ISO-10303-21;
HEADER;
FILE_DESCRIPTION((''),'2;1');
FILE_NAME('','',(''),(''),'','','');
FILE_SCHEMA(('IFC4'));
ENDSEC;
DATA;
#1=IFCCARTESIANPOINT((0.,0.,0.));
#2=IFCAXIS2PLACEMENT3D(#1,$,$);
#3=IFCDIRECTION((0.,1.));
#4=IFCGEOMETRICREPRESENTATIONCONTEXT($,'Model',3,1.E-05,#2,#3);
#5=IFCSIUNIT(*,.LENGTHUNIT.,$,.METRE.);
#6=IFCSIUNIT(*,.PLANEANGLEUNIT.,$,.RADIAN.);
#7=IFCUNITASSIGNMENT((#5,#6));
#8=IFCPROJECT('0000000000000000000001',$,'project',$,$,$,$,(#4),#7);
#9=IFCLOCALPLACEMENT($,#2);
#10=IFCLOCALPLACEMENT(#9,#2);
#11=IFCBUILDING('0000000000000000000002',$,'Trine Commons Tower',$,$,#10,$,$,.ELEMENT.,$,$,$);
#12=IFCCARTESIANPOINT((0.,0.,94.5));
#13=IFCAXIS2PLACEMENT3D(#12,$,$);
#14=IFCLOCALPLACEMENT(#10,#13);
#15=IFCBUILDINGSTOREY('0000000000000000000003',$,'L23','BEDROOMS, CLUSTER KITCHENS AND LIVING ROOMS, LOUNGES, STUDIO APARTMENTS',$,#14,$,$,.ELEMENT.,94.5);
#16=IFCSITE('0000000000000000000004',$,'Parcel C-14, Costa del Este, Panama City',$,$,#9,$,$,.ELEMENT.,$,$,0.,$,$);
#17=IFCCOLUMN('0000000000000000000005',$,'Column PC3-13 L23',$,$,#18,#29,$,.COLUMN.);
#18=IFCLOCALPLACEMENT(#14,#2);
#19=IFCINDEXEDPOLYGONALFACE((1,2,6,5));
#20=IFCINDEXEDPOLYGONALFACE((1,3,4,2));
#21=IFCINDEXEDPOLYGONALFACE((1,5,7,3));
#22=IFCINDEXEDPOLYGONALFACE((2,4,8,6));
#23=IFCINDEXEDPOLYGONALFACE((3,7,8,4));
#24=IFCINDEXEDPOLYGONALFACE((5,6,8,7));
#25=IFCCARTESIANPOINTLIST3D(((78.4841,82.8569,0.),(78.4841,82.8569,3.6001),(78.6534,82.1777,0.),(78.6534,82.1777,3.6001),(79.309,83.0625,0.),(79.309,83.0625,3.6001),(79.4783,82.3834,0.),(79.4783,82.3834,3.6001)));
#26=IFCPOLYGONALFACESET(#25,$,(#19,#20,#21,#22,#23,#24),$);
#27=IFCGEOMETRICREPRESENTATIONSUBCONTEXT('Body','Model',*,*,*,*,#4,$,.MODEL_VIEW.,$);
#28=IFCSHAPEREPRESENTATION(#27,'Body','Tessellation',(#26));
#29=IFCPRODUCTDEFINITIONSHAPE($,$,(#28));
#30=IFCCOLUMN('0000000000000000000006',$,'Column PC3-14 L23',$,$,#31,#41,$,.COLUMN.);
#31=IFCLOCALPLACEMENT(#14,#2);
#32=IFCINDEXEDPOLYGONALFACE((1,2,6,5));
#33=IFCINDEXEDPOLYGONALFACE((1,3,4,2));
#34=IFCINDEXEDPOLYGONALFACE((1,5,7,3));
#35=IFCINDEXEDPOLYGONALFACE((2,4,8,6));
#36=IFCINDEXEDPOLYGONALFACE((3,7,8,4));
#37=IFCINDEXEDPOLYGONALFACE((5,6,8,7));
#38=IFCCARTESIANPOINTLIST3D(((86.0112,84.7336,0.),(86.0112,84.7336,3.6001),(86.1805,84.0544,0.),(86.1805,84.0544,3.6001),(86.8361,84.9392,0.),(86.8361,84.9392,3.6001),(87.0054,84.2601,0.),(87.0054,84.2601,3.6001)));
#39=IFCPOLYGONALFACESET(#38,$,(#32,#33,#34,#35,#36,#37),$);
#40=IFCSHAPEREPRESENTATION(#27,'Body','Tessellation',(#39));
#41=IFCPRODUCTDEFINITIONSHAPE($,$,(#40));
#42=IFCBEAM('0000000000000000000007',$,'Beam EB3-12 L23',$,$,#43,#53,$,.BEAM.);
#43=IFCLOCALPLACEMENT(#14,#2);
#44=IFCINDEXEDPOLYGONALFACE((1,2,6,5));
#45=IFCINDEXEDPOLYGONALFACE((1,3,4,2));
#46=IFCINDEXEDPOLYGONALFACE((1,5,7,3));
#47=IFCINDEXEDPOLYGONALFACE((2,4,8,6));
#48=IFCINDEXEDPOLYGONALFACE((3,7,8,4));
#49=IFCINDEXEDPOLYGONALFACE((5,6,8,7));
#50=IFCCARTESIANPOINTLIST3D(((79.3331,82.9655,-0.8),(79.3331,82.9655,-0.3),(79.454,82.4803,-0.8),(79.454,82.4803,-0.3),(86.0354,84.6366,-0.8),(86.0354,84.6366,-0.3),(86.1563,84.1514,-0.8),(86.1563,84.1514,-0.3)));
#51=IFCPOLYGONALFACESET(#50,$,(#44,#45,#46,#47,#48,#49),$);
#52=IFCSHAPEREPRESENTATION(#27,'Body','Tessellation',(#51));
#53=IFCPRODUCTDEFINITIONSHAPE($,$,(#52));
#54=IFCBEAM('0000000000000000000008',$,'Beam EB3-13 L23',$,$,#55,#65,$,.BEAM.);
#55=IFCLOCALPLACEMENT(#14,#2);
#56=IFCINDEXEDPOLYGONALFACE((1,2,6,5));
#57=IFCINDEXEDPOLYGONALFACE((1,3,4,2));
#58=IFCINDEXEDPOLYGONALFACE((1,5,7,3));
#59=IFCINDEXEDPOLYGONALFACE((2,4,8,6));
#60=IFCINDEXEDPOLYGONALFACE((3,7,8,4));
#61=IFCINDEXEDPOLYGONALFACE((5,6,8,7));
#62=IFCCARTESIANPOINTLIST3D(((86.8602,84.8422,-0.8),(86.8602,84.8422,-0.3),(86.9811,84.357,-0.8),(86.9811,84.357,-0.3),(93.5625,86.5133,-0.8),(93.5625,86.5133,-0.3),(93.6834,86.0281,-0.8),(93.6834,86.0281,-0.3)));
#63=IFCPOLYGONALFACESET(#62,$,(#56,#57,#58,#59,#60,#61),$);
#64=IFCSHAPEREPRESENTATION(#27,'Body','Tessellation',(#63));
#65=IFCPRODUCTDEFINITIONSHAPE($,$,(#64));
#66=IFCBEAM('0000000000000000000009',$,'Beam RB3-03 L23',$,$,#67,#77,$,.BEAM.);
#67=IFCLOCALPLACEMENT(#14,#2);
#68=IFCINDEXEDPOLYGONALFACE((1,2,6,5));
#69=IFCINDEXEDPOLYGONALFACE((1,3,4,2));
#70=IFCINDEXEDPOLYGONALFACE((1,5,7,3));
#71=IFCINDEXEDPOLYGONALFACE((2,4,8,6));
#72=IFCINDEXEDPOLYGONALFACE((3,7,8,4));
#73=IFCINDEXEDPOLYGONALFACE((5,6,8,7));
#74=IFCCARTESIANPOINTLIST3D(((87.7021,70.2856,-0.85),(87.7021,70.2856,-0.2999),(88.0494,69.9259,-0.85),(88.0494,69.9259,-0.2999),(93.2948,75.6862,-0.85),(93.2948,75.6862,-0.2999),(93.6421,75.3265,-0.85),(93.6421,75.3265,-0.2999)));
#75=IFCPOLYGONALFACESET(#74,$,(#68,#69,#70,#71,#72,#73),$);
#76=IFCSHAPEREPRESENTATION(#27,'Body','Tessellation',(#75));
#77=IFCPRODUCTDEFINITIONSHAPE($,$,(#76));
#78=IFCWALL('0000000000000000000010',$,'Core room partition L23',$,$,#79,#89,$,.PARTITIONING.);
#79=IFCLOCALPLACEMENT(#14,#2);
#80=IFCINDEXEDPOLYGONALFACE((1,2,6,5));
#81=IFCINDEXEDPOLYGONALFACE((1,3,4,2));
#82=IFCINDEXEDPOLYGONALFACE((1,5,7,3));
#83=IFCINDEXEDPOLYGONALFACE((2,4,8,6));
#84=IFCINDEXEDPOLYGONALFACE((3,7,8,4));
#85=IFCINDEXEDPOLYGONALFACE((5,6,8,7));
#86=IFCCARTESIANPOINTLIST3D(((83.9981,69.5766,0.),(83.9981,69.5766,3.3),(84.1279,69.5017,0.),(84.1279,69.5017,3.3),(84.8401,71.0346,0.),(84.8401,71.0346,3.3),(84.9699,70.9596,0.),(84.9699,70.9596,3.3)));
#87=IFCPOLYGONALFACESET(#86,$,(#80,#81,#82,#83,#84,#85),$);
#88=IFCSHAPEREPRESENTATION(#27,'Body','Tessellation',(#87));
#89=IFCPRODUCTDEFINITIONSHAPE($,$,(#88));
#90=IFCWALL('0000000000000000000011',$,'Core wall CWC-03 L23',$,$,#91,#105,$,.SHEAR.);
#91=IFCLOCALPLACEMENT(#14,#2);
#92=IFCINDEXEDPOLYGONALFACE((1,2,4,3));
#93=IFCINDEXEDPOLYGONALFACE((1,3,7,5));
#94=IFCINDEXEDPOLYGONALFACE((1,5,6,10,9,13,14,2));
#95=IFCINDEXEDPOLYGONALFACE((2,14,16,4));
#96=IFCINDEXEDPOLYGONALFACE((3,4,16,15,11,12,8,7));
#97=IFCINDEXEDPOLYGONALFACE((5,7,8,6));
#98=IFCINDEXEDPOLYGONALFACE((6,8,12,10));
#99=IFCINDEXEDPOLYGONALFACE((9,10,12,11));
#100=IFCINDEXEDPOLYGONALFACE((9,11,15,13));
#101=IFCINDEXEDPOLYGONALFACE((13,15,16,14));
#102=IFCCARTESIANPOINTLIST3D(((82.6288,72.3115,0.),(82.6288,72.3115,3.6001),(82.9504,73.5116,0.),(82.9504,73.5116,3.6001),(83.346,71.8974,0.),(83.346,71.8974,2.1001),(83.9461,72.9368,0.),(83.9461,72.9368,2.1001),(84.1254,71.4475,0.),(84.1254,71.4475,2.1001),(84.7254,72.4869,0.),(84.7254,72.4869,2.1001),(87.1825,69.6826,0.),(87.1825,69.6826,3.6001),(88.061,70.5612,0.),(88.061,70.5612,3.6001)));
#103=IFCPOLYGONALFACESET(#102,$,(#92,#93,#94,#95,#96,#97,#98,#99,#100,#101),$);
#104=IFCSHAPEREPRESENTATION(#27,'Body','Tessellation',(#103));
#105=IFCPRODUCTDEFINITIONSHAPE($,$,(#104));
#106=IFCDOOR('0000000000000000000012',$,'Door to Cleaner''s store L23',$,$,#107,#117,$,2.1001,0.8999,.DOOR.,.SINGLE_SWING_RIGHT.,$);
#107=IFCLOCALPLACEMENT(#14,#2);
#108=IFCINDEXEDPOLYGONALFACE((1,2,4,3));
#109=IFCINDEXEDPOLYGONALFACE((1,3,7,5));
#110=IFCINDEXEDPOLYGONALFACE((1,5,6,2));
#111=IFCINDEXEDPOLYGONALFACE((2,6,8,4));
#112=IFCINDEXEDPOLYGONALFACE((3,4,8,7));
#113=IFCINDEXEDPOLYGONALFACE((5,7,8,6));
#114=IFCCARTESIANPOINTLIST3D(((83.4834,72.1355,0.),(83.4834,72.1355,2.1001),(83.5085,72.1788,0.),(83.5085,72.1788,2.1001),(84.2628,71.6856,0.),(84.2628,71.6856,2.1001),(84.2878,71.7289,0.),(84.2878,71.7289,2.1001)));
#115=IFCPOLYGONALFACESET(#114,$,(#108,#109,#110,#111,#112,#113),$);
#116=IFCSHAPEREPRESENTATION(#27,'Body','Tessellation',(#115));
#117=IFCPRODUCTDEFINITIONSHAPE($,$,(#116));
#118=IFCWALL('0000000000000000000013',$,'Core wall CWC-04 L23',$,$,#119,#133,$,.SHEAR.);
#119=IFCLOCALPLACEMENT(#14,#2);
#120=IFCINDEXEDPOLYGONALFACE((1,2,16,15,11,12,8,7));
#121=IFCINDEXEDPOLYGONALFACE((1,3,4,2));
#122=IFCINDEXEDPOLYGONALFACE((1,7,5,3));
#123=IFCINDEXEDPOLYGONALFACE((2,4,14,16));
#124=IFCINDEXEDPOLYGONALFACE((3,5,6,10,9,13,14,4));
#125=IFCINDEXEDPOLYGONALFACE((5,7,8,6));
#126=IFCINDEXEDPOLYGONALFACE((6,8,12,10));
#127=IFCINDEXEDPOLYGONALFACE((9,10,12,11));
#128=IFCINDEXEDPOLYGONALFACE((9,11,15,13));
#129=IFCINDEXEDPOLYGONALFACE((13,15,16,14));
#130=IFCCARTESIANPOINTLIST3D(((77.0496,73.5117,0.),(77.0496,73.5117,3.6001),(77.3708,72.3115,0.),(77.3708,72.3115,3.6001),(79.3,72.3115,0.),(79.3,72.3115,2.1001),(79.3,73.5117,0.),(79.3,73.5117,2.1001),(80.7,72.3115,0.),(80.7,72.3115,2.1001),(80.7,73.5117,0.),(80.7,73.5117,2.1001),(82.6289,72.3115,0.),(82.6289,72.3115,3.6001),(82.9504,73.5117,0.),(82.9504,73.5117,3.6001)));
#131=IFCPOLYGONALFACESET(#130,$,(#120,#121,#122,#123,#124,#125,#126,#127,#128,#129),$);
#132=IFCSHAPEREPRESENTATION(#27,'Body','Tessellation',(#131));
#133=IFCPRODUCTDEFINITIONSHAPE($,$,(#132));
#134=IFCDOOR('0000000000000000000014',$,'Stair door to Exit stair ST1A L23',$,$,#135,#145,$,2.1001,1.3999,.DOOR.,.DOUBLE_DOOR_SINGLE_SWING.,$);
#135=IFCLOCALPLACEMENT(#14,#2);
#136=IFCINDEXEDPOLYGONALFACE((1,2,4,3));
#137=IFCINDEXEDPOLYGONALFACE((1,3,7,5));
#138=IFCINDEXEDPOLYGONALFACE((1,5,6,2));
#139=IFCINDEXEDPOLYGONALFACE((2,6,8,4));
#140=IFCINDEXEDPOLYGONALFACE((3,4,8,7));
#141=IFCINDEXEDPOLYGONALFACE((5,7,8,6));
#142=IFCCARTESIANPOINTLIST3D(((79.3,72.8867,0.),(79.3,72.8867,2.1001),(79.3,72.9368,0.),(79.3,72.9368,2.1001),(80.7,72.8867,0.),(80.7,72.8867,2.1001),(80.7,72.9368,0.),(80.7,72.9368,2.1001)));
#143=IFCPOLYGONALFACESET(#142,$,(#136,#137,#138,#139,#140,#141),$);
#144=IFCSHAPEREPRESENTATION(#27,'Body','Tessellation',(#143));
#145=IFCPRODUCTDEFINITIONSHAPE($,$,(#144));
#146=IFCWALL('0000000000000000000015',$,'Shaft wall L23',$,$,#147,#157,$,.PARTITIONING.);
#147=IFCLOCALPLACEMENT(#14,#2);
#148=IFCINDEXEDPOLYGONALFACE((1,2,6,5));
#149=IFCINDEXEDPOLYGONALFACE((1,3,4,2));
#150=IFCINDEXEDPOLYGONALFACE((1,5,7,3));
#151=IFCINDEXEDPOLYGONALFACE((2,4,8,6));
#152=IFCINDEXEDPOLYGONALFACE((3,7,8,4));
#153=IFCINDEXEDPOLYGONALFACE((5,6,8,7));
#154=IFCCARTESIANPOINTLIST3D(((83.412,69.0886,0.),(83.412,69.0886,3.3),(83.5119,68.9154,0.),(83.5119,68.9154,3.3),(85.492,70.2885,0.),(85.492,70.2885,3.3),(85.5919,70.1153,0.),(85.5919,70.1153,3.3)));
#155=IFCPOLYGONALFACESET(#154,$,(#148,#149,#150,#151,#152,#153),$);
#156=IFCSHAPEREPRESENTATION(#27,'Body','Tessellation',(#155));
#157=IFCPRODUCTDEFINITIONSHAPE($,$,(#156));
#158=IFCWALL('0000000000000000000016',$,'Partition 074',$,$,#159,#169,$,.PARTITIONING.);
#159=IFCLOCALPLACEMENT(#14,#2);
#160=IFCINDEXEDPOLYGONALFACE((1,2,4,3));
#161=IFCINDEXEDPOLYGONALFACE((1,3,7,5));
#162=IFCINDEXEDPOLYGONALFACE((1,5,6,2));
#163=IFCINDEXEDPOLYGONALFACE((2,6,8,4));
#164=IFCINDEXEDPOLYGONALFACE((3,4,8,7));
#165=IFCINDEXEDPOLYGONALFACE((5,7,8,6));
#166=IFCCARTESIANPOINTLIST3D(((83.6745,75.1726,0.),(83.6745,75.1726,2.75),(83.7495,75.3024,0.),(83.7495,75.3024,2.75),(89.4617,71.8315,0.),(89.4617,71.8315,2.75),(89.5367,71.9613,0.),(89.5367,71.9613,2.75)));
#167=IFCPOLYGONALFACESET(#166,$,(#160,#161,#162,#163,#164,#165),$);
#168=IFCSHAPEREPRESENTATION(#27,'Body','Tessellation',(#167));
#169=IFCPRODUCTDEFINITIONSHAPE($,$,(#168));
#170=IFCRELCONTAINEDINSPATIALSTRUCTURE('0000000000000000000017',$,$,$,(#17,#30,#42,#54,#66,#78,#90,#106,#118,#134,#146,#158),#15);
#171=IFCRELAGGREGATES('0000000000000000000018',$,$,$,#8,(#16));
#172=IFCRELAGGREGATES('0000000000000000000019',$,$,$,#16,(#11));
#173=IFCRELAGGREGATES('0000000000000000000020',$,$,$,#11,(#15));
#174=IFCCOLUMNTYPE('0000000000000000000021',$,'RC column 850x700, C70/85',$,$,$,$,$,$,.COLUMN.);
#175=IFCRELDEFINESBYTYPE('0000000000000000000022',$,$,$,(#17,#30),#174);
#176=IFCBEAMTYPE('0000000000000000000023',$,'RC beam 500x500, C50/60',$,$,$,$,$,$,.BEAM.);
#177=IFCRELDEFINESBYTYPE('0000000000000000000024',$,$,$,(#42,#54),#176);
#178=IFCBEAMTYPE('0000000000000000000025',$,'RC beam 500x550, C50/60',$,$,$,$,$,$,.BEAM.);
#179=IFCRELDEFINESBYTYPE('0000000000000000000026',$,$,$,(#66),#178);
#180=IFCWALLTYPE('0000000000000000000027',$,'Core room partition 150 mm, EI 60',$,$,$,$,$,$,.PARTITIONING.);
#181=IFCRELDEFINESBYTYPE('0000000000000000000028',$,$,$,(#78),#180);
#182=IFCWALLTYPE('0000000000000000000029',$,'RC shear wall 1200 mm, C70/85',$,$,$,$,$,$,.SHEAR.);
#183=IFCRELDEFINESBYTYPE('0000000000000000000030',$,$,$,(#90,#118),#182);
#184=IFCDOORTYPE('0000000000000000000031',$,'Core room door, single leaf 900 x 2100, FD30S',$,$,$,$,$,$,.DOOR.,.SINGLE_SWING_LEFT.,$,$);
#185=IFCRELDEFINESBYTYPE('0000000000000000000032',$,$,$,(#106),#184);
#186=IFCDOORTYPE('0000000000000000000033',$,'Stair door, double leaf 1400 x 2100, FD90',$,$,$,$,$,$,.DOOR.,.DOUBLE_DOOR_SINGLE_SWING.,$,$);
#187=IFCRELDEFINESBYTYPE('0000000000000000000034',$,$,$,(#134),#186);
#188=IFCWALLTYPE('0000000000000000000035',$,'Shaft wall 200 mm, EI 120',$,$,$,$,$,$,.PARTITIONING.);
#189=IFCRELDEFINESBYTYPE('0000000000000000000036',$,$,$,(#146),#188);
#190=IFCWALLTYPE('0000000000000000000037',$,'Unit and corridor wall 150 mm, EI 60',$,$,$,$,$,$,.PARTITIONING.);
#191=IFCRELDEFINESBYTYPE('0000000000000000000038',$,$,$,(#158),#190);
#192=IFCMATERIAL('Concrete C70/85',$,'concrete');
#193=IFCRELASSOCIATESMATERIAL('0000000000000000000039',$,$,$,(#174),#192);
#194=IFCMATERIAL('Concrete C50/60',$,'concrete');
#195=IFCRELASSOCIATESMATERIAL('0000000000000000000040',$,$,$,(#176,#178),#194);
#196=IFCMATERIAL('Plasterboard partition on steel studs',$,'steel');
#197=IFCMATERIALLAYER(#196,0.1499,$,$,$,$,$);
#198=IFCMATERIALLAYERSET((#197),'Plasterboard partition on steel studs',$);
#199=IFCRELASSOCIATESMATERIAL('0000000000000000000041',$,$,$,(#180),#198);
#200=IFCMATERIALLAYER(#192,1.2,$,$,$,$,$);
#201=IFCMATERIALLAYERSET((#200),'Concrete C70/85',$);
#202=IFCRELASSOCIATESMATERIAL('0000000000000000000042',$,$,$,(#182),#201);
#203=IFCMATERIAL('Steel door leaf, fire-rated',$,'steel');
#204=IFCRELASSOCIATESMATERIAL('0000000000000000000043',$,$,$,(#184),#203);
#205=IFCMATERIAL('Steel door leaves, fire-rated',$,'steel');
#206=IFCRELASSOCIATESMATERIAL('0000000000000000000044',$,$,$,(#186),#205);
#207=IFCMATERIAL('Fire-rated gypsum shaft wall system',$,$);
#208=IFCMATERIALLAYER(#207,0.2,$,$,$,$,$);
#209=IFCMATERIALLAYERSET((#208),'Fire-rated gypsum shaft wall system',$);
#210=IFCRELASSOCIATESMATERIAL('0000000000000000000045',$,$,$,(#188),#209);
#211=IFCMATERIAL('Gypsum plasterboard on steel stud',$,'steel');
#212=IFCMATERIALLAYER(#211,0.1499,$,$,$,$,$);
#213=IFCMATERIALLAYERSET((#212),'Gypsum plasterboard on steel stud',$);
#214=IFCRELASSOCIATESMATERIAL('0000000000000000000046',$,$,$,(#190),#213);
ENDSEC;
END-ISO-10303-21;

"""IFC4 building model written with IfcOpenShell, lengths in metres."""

from ifc_helpers import new_model, si_unit, direction, frame, frame_2d, origin, origin_2d, place, context, subcontext, project, spatial, polyline, rectangle, outline, extrude, material, layer, layer_set, material_profile, profile_set, type_object, element, fill, save


model = new_model("IFC4")

# Units and contexts
model_context = context("Model", 3, precision=1e-05, world=origin(), true_north=direction((0.0, 1.0)))
body_context = subcontext(model_context, "Body", "Model", "MODEL_VIEW")
ifc_project = project(units=[si_unit("LENGTHUNIT", "METRE"), si_unit("PLANEANGLEUNIT", "RADIAN")], contexts=[model_context])

# Site, building, storey
site_placement = place(None, origin())
site = spatial("IfcSite", under=ifc_project, at=site_placement, Name="Parcel C-14, Costa del Este, Panama City", CompositionType="ELEMENT", RefElevation=0.0)
building_placement = place(site_placement, origin())
building = spatial("IfcBuilding", under=site, at=building_placement, Name="Trine Commons Tower", CompositionType="ELEMENT")
storey_placement = place(building_placement, frame((0.0, 0.0, 94.5)))
storey = spatial("IfcBuildingStorey", under=building, at=storey_placement, Name="L23", Description="BEDROOMS, CLUSTER KITCHENS AND LIVING ROOMS, LOUNGES, STUDIO APARTMENTS", CompositionType="ELEMENT", Elevation=94.5)

# Columns
ifc_material_1 = material(Name="Concrete C70/85", Category="concrete")
ifc_material_profile_1 = material_profile(ifc_material_1, rectangle(XDim=0.8501, YDim=0.7, at=origin_2d()), Name="RC 850x700")
ifc_profile_set_1 = profile_set([ifc_material_profile_1], Name="Concrete C70/85")
column_type = type_object("IfcColumnType", Name="RC column 850x700, C70/85", PredefinedType="COLUMN", material=ifc_profile_set_1)
for number, where, z_axis, x_axis, name in (
    (1, (78.9812, 82.6201, 0.0), (0.0, 0.0, 1.0), (0.970296, 0.241922, 0.0), "Column PC3-13 L23"),
    (2, (86.5083, 84.4968, 0.0), (0.0, 0.0, 1.0), (0.970296, 0.241922, 0.0), "Column PC3-14 L23"),
):
    element("IfcColumn", number, at=place(storey_placement, frame(where, z_axis=z_axis, x_axis=x_axis)), inside=storey, type_object=column_type, Name=name, PredefinedType="COLUMN", context=body_context, shape_type="SweptSolid", body=[
        extrude(rectangle(XDim=0.8501, YDim=0.7, at=origin_2d()), origin(), (0.0, 0.0, 1.0), 3.6001),
    ])

# Beams
ifc_material_2 = material(Name="Concrete C50/60", Category="concrete")
ifc_material_profile_2 = material_profile(ifc_material_2, rectangle(XDim=0.5, YDim=0.5, at=origin_2d()), Name="RC 500x500")
ifc_profile_set_2 = profile_set([ifc_material_profile_2], Name="Concrete C50/60")
beam_type_1 = type_object("IfcBeamType", Name="RC beam 500x500, C50/60", PredefinedType="BEAM", material=ifc_profile_set_2)
for number, where, z_axis, x_axis, name in (
    (3, (79.3936, 82.7229, -0.55), (0.970294, 0.241928, 0.0), (-0.241928, 0.970294, 0.0), "Beam EB3-12 L23"),
    (4, (86.9207, 84.5996, -0.55), (0.970294, 0.241928, 0.0), (-0.241928, 0.970294, 0.0), "Beam EB3-13 L23"),
):
    element("IfcBeam", number, at=place(storey_placement, frame(where, z_axis=z_axis, x_axis=x_axis)), inside=storey, type_object=beam_type_1, Name=name, PredefinedType="BEAM", context=body_context, shape_type="SweptSolid", body=[
        extrude(rectangle(XDim=0.5, YDim=0.5, at=origin_2d()), origin(), (0.0, 0.0, 1.0), 6.9075),
    ])
ifc_material_profile_3 = material_profile(ifc_material_2, rectangle(XDim=0.5, YDim=0.55, at=origin_2d()), Name="RC 500x550")
ifc_profile_set_3 = profile_set([ifc_material_profile_3], Name="Concrete C50/60")
beam_type_2 = type_object("IfcBeamType", Name="RC beam 500x550, C50/60", PredefinedType="BEAM", material=ifc_profile_set_3)
beam_placement = place(storey_placement, frame((87.8757, 70.1057, -0.575), z_axis=(0.719355, 0.694642, 0.0), x_axis=(-0.694642, 0.719355, 0.0)))
element("IfcBeam", 5, at=beam_placement, inside=storey, type_object=beam_type_2, Name="Beam RB3-03 L23", PredefinedType="BEAM", context=body_context, shape_type="SweptSolid", body=[
    extrude(rectangle(XDim=0.5, YDim=0.55, at=origin_2d()), origin(), (0.0, 0.0, 1.0), 7.7747),
])

# Wall
ifc_material_3 = material(Name="Plasterboard partition on steel studs", Category="steel")
ifc_layer_1 = layer(ifc_material_3, 0.1499)
ifc_layer_set_1 = layer_set([ifc_layer_1], Name="Plasterboard partition on steel studs")
wall_type_1 = type_object("IfcWallType", Name="Core room partition 150 mm, EI 60", PredefinedType="PARTITIONING", material=ifc_layer_set_1)
wall_1_placement = place(storey_placement, frame((84.905, 70.9971, 0.0), z_axis=(0.0, 0.0, 1.0), x_axis=(-0.500116, -0.865959, 0.0)))
element("IfcWall", 6, at=wall_1_placement, inside=storey, type_object=wall_type_1, Name="Core room partition L23", PredefinedType="PARTITIONING", context=body_context, shape_type="SweptSolid", body=[
    extrude(rectangle(XDim=1.6836, YDim=0.1499, at=frame_2d((0.8418, 0.0))), origin(), (0.0, 0.0, 1.0), 3.3),
])

# Walls, openings, doors
ifc_layer_2 = layer(ifc_material_1, 1.2)
ifc_layer_set_2 = layer_set([ifc_layer_2], Name="Concrete C70/85")
wall_type_2 = type_object("IfcWallType", Name="RC shear wall 1200 mm, C70/85", PredefinedType="SHEAR", material=ifc_layer_set_2)
wall_2_placement = place(storey_placement, frame((87.761, 70.0415, 0.0), z_axis=(0.0, 0.0, 1.0), x_axis=(-0.866037, 0.499979, 0.0)))
wall_2 = element("IfcWall", 7, at=wall_2_placement, inside=storey, type_object=wall_type_2, Name="Core wall CWC-03 L23", PredefinedType="SHEAR", context=body_context, shape_type="SweptSolid", body=[
    extrude(outline(polyline([(0.0, -0.6001), (5.9011, -0.6001), (5.5796, 0.6001), (0.3215, 0.6001), (0.0, -0.6001)])), origin(), (0.0, 0.0, 1.0), 3.6001),
])
opening_1_placement = place(wall_2_placement, frame((3.8516, 0.0, 0.0)))
opening_1 = element("IfcOpeningElement", 8, at=opening_1_placement, cuts=wall_2, PredefinedType="OPENING", context=body_context, shape_type="SweptSolid", body=[
    extrude(rectangle(XDim=0.8999, YDim=2.1001, at=frame_2d((0.45, 1.05))), frame((0.0, 0.6099, 0.0), z_axis=(0.0, -1.0, 0.0), x_axis=(1.0, 0.0, 0.0)), (0.0, 0.0, 1.0), 1.22),
])
ifc_material_4 = material(Name="Steel door leaf, fire-rated", Category="steel")
door_type_1 = type_object("IfcDoorType", Name="Core room door, single leaf 900 x 2100, FD30S", OperationType="SINGLE_SWING_LEFT", PredefinedType="DOOR", material=ifc_material_4)
door_1_placement = place(opening_1_placement, origin())
door_1 = element("IfcDoor", 9, at=door_1_placement, inside=storey, type_object=door_type_1, Name="Door to Cleaner's store L23", OperationType="SINGLE_SWING_RIGHT", OverallHeight=2.1001, OverallWidth=0.8999, PredefinedType="DOOR", context=body_context, shape_type="SweptSolid", body=[
    extrude(rectangle(XDim=0.8999, YDim=2.1001, at=frame_2d((0.45, 1.05))), frame((0.0, 0.3252, 0.0), z_axis=(0.0, -1.0, 0.0), x_axis=(1.0, 0.0, 0.0)), (0.0, 0.0, 1.0), 0.05),
])
fill(opening_1, door_1)
wall_3_placement = place(storey_placement, frame((82.9504, 72.9116, 0.0), z_axis=(0.0, 0.0, 1.0), x_axis=(-1.0, 0.0, 0.0)))
wall_3 = element("IfcWall", 10, at=wall_3_placement, inside=storey, type_object=wall_type_2, Name="Core wall CWC-04 L23", PredefinedType="SHEAR", context=body_context, shape_type="SweptSolid", body=[
    extrude(outline(polyline([(0.0, -0.6001), (5.9009, -0.6001), (5.5796, 0.6001), (0.3215, 0.6001), (0.0, -0.6001)])), origin(), (0.0, 0.0, 1.0), 3.6001),
])
opening_2_placement = place(wall_3_placement, frame((2.2505, 0.0, 0.0)))
opening_2 = element("IfcOpeningElement", 11, at=opening_2_placement, cuts=wall_3, PredefinedType="OPENING", context=body_context, shape_type="SweptSolid", body=[
    extrude(rectangle(XDim=1.3999, YDim=2.1001, at=frame_2d((0.7, 1.05))), frame((0.0, 0.6099, 0.0), z_axis=(0.0, -1.0, 0.0), x_axis=(1.0, 0.0, 0.0)), (0.0, 0.0, 1.0), 1.22),
])
ifc_material_5 = material(Name="Steel door leaves, fire-rated", Category="steel")
door_type_2 = type_object("IfcDoorType", Name="Stair door, double leaf 1400 x 2100, FD90", OperationType="DOUBLE_DOOR_SINGLE_SWING", PredefinedType="DOOR", material=ifc_material_5)
door_2_placement = place(opening_2_placement, origin())
door_2 = element("IfcDoor", 12, at=door_2_placement, inside=storey, type_object=door_type_2, Name="Stair door to Exit stair ST1A L23", OperationType="DOUBLE_DOOR_SINGLE_SWING", OverallHeight=2.1001, OverallWidth=1.3999, PredefinedType="DOOR", context=body_context, shape_type="SweptSolid", body=[
    extrude(rectangle(XDim=1.3999, YDim=2.1001, at=frame_2d((0.7, 1.05))), frame((0.0, 0.0249, 0.0), z_axis=(0.0, -1.0, 0.0), x_axis=(1.0, 0.0, 0.0)), (0.0, 0.0, 1.0), 0.05),
])
fill(opening_2, door_2)

# Walls
ifc_material_6 = material(Name="Fire-rated gypsum shaft wall system")
ifc_layer_3 = layer(ifc_material_6, 0.2)
ifc_layer_set_3 = layer_set([ifc_layer_3], Name="Fire-rated gypsum shaft wall system")
wall_type_3 = type_object("IfcWallType", Name="Shaft wall 200 mm, EI 120", PredefinedType="PARTITIONING", material=ifc_layer_set_3)
wall_4_placement = place(storey_placement, frame((83.4619, 69.002, 0.0), z_axis=(0.0, 0.0, 1.0), x_axis=(0.866203, 0.499693, 0.0)))
element("IfcWall", 13, at=wall_4_placement, inside=storey, type_object=wall_type_3, Name="Shaft wall L23", PredefinedType="PARTITIONING", context=body_context, shape_type="SweptSolid", body=[
    extrude(rectangle(XDim=2.4014, YDim=0.2, at=frame_2d((1.2007, 0.0))), origin(), (0.0, 0.0, 1.0), 3.3),
])
ifc_material_7 = material(Name="Gypsum plasterboard on steel stud", Category="steel")
ifc_layer_4 = layer(ifc_material_7, 0.1499)
ifc_layer_set_4 = layer_set([ifc_layer_4], Name="Gypsum plasterboard on steel stud")
wall_type_4 = type_object("IfcWallType", Name="Unit and corridor wall 150 mm, EI 60", PredefinedType="PARTITIONING", material=ifc_layer_set_4)
wall_5_placement = place(storey_placement, frame((83.7119, 75.2375, 0.0), z_axis=(0.0, 0.0, 1.0), x_axis=(0.866033, -0.499986, 0.0)))
element("IfcWall", 14, at=wall_5_placement, inside=storey, type_object=wall_type_4, Name="Partition 074", PredefinedType="PARTITIONING", context=body_context, shape_type="SweptSolid", body=[
    extrude(rectangle(XDim=6.6824, YDim=0.1499, at=frame_2d((3.3413, 0.0))), origin(), (0.0, 0.0, 1.0), 2.75),
])

save(model, "model.ifc")
